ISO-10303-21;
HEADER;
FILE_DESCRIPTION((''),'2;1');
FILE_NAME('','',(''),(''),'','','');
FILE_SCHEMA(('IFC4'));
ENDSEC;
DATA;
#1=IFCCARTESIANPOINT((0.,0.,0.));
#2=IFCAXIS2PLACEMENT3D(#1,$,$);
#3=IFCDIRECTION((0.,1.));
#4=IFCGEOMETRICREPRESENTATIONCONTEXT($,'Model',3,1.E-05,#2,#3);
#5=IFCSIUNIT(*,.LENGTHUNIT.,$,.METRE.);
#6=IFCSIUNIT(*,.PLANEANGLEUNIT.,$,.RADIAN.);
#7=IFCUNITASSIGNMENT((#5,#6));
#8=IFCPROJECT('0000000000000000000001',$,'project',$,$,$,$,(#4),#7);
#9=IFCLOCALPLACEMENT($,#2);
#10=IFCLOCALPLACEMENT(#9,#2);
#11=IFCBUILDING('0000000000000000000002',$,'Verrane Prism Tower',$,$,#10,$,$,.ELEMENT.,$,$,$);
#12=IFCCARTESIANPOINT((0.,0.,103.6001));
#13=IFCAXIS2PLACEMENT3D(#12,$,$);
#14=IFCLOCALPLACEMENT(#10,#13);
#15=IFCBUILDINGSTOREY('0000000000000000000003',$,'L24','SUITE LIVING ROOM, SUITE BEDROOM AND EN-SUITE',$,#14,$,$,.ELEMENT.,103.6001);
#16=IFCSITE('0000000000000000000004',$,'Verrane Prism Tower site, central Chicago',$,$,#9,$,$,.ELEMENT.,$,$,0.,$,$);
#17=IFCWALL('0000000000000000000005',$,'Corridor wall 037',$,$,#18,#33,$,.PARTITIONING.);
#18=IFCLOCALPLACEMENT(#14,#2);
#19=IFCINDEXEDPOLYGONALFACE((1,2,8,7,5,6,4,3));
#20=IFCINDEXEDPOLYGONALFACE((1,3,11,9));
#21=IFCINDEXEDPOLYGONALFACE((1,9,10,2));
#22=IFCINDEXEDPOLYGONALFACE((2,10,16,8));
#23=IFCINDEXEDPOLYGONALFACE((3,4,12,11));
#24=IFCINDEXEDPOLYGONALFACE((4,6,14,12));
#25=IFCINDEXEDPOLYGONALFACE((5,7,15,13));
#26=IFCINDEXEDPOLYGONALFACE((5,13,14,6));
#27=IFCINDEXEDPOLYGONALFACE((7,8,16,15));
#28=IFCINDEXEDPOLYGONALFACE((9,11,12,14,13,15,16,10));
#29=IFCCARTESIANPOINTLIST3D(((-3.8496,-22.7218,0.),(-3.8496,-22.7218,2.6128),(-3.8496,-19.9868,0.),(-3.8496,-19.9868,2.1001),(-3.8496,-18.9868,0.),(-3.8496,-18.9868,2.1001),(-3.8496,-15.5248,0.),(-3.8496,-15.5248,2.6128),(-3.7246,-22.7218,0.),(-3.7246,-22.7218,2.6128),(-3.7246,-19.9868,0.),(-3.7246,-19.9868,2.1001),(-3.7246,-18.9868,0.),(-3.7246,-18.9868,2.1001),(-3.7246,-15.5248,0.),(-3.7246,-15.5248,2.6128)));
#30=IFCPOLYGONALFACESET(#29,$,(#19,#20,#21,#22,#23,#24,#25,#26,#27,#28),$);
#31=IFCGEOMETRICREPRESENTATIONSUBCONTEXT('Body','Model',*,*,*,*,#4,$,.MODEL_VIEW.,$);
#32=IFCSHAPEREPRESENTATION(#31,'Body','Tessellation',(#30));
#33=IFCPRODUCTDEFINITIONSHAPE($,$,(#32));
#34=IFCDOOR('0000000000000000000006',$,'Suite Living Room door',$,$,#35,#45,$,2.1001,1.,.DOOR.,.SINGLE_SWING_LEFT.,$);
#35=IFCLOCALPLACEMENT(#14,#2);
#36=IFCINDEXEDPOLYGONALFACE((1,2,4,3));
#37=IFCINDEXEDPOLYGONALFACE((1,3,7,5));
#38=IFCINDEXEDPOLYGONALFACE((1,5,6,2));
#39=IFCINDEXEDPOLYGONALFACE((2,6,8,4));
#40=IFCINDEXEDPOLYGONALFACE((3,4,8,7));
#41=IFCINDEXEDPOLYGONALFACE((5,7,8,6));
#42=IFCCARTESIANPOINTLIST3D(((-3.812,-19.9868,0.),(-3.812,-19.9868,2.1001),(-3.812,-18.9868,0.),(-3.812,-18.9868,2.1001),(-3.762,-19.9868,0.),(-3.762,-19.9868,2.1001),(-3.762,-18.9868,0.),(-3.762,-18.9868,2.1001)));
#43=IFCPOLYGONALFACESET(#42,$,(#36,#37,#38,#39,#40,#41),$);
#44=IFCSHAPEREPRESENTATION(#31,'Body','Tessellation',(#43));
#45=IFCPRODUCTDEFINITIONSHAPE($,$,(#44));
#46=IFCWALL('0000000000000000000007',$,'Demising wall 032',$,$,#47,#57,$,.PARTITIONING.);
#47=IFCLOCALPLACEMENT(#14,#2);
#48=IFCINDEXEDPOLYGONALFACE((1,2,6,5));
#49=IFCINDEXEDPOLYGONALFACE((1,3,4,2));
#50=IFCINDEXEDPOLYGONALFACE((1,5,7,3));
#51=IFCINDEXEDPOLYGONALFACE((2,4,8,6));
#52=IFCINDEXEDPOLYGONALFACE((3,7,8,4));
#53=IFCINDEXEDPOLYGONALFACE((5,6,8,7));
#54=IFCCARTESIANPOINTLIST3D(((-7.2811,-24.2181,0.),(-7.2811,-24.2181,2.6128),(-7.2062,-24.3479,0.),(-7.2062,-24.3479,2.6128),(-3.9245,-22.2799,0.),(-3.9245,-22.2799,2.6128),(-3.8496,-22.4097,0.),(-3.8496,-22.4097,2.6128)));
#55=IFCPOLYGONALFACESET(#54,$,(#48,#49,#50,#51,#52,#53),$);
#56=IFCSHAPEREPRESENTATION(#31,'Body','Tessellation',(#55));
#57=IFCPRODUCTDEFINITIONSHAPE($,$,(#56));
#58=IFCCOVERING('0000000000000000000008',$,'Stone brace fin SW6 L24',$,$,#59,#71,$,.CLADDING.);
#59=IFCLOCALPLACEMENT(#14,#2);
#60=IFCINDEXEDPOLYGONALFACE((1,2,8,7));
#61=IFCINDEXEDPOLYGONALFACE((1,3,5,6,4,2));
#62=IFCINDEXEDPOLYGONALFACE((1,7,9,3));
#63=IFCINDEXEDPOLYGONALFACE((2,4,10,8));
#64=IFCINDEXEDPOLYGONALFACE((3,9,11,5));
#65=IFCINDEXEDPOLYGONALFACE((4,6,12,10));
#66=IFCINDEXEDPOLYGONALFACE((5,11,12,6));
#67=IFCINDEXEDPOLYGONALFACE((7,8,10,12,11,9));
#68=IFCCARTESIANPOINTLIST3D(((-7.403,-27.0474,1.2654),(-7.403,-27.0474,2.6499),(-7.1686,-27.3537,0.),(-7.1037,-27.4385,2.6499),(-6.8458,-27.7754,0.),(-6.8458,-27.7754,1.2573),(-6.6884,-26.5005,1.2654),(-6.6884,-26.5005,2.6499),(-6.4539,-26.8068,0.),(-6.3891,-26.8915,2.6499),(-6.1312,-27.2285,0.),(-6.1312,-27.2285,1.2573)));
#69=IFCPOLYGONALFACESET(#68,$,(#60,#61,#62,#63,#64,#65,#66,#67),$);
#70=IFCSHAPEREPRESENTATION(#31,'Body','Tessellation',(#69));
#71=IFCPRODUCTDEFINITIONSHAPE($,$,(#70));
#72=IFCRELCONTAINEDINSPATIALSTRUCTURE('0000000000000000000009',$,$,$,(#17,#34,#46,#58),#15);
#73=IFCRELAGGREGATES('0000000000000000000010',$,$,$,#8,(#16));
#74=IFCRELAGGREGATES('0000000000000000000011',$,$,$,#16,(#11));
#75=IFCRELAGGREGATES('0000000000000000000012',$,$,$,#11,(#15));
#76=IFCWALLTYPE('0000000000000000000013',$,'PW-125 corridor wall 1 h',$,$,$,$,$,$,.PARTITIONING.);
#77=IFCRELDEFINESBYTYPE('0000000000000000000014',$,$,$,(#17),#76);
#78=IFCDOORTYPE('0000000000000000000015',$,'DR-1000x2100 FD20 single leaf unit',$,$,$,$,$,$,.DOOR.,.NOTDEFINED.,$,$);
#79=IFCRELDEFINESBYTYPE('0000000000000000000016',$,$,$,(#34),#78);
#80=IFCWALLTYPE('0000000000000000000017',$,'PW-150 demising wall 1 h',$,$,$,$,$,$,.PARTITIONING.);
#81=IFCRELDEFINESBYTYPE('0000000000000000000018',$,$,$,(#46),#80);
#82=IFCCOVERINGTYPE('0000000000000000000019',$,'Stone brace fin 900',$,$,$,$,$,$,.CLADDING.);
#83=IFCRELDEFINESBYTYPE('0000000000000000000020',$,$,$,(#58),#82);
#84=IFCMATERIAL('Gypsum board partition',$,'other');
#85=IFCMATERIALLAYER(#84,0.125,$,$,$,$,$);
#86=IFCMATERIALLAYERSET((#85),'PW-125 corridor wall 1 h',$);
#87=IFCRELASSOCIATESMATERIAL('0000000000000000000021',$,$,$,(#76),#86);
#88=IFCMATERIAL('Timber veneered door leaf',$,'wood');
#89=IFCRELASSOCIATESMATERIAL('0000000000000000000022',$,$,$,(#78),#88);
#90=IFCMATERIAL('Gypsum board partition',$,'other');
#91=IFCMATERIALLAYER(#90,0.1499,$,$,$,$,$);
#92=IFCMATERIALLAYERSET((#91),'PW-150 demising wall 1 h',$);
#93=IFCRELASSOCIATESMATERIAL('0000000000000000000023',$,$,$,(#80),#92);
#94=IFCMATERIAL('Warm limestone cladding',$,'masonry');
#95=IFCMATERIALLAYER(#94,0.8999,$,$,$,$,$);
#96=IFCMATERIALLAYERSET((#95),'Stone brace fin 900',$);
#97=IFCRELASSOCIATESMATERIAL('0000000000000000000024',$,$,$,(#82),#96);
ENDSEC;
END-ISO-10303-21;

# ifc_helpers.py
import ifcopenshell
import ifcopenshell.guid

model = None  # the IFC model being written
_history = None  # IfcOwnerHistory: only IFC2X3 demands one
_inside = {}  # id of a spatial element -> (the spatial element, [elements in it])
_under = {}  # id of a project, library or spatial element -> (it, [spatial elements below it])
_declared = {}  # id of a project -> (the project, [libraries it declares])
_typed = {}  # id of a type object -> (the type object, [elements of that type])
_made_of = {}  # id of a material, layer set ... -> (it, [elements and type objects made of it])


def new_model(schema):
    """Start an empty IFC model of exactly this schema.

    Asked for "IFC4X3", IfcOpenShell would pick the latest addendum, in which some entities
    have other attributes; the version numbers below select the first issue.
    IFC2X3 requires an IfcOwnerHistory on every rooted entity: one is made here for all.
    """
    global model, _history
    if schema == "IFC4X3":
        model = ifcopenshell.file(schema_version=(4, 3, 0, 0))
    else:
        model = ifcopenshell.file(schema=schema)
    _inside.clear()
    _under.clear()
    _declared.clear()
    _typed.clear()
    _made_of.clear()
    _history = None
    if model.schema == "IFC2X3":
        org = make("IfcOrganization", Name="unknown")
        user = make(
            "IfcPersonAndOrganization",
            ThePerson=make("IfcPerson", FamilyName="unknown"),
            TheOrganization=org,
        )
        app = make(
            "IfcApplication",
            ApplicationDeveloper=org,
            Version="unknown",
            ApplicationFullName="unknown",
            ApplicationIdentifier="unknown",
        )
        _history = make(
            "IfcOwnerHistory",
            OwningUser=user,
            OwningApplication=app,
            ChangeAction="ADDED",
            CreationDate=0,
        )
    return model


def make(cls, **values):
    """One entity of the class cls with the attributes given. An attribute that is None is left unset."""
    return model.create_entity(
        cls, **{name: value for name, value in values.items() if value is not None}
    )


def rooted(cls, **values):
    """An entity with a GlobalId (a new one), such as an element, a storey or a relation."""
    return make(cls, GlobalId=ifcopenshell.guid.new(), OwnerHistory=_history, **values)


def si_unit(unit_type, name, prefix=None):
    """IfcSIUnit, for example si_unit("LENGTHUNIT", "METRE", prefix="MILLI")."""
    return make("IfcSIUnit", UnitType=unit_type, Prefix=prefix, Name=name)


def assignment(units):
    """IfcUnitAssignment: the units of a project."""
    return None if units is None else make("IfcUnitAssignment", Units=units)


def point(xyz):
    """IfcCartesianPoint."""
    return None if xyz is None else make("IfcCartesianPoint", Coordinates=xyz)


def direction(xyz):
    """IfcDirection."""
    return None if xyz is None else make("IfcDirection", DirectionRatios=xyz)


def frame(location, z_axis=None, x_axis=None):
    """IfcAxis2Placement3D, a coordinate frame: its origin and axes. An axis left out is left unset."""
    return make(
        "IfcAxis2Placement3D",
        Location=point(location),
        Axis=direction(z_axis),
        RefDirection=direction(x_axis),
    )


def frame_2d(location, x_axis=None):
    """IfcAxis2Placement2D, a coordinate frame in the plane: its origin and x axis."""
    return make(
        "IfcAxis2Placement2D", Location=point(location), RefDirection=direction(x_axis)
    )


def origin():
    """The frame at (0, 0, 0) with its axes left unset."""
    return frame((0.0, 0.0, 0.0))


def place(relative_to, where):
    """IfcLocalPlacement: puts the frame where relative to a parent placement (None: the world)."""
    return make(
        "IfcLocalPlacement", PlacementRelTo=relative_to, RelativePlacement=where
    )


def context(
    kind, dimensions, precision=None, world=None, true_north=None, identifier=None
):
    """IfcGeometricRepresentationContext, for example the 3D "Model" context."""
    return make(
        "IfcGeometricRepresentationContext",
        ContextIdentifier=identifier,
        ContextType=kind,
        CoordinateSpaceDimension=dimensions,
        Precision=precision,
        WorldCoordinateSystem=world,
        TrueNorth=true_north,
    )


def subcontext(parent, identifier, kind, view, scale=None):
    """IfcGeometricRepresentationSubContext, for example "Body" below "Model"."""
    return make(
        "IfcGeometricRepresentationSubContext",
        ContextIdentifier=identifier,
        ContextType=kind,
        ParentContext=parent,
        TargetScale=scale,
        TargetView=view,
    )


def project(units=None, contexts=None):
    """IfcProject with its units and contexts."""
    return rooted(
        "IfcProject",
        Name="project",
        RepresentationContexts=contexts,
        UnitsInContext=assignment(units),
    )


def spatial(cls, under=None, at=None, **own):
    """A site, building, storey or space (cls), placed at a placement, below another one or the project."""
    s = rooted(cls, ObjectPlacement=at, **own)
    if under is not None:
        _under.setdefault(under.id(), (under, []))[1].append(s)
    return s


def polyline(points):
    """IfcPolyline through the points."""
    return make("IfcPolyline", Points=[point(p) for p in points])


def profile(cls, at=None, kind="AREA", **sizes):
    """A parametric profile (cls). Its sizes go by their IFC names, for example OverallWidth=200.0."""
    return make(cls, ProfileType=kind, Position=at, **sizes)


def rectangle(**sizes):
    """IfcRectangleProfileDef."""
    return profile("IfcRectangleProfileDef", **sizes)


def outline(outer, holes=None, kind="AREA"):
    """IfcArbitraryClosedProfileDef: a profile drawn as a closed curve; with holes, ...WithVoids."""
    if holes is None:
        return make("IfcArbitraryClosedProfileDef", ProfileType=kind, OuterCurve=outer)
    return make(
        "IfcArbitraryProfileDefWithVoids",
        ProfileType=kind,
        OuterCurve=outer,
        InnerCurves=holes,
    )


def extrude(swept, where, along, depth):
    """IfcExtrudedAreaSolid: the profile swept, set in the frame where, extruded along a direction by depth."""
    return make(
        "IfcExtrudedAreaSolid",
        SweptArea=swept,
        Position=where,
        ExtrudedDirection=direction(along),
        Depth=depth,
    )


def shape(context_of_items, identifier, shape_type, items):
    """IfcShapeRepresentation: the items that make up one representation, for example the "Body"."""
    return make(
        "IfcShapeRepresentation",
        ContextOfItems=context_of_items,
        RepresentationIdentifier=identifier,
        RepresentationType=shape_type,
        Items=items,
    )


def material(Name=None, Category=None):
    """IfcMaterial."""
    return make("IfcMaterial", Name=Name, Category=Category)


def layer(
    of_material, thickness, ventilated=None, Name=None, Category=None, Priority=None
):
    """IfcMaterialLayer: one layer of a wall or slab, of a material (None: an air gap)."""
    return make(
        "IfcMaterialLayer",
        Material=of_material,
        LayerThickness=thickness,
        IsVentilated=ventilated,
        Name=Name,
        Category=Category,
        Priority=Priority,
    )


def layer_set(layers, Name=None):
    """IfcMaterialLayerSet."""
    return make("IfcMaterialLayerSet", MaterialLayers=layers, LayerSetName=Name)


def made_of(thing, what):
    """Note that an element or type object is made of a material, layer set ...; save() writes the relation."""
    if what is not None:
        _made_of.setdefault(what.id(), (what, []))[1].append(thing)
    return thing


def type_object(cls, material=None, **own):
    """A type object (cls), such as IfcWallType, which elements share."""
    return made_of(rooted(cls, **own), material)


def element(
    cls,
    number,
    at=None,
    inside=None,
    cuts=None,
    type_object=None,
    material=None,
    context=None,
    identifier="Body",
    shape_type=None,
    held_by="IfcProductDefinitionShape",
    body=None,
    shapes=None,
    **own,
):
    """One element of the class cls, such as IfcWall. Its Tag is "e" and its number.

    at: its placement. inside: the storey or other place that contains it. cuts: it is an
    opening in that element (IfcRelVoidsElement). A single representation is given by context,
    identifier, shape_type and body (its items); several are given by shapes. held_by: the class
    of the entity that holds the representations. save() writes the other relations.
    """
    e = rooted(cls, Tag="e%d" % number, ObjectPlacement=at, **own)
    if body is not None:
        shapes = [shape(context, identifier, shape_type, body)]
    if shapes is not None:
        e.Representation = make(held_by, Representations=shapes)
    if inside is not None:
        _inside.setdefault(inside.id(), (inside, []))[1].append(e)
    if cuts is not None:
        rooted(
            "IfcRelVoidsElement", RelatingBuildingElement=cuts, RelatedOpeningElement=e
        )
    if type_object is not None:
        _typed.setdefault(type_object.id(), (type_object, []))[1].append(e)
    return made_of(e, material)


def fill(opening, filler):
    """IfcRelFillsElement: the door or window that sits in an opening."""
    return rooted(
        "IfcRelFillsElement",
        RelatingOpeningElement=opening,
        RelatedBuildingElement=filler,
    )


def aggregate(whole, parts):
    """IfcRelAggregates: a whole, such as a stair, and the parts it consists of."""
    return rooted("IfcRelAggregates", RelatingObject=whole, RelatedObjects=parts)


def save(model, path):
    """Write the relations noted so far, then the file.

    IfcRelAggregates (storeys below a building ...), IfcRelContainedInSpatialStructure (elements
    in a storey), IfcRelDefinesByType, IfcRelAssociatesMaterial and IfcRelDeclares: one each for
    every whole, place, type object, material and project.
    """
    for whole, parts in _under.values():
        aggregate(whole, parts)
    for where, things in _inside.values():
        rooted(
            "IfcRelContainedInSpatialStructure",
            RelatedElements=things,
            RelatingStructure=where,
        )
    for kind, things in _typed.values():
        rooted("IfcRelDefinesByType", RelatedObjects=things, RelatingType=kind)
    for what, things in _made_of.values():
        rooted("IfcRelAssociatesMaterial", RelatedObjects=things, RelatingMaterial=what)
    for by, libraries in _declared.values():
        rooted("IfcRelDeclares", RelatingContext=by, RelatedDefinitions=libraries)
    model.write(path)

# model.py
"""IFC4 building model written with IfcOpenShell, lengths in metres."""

from ifc_helpers import new_model, si_unit, direction, frame, frame_2d, origin, place, context, subcontext, project, spatial, polyline, rectangle, outline, extrude, material, layer, layer_set, type_object, element, fill, save


model = new_model("IFC4")

# Units and contexts
model_context = context("Model", 3, precision=1e-05, world=origin(), true_north=direction((0.0, 1.0)))
body_context = subcontext(model_context, "Body", "Model", "MODEL_VIEW")
ifc_project = project(units=[si_unit("LENGTHUNIT", "METRE"), si_unit("PLANEANGLEUNIT", "RADIAN")], contexts=[model_context])

# Site, building, storey
site_placement = place(None, origin())
site = spatial("IfcSite", under=ifc_project, at=site_placement, Name="Verrane Prism Tower site, central Chicago", CompositionType="ELEMENT", RefElevation=0.0)
building_placement = place(site_placement, origin())
building = spatial("IfcBuilding", under=site, at=building_placement, Name="Verrane Prism Tower", CompositionType="ELEMENT")
storey_placement = place(building_placement, frame((0.0, 0.0, 103.6001)))
storey = spatial("IfcBuildingStorey", under=building, at=storey_placement, Name="L24", Description="SUITE LIVING ROOM, SUITE BEDROOM AND EN-SUITE", CompositionType="ELEMENT", Elevation=103.6001)

# Wall, opening, door
ifc_material_1 = material(Name="Gypsum board partition", Category="other")
ifc_layer_1 = layer(ifc_material_1, 0.125)
ifc_layer_set_1 = layer_set([ifc_layer_1], Name="PW-125 corridor wall 1 h")
wall_type_1 = type_object("IfcWallType", Name="PW-125 corridor wall 1 h", PredefinedType="PARTITIONING", material=ifc_layer_set_1)
wall_1_placement = place(storey_placement, frame((-3.7871, -22.7219, 0.0), z_axis=(0.0, 0.0, 1.0), x_axis=(0.0, 1.0, 0.0)))
wall_1 = element("IfcWall", 1, at=wall_1_placement, inside=storey, type_object=wall_type_1, Name="Corridor wall 037", PredefinedType="PARTITIONING", context=body_context, shape_type="SweptSolid", body=[
    extrude(rectangle(XDim=7.197, YDim=0.125, at=frame_2d((3.5986, 0.0))), origin(), (0.0, 0.0, 1.0), 2.6128),
])
opening_1_placement = place(wall_1_placement, frame((2.7351, 0.0, 0.0)))
opening_1 = element("IfcOpeningElement", 2, at=opening_1_placement, cuts=wall_1, PredefinedType="OPENING", context=body_context, shape_type="SweptSolid", body=[
    extrude(rectangle(XDim=1.0, YDim=2.1001, at=frame_2d((0.5, 1.05))), frame((0.0, 0.0725, 0.0), z_axis=(0.0, -1.0, 0.0), x_axis=(1.0, 0.0, 0.0)), (0.0, 0.0, 1.0), 0.145),
])
ifc_material_2 = material(Name="Timber veneered door leaf", Category="wood")
door_type_1 = type_object("IfcDoorType", Name="DR-1000x2100 FD20 single leaf unit", OperationType="NOTDEFINED", PredefinedType="DOOR", material=ifc_material_2)
door_1_placement = place(opening_1_placement, origin())
door_1 = element("IfcDoor", 3, at=door_1_placement, inside=storey, type_object=door_type_1, Name="Suite Living Room door", OperationType="SINGLE_SWING_LEFT", OverallHeight=2.1001, OverallWidth=1.0, PredefinedType="DOOR", context=body_context, shape_type="SweptSolid", body=[
    extrude(rectangle(XDim=1.0, YDim=2.1001, at=frame_2d((0.5, 1.05))), frame((0.0, 0.0249, 0.0), z_axis=(0.0, -1.0, 0.0), x_axis=(1.0, 0.0, 0.0)), (0.0, 0.0, 1.0), 0.05),
])
fill(opening_1, door_1)

# Wall
ifc_material_3 = material(Name="Gypsum board partition", Category="other")
ifc_layer_2 = layer(ifc_material_3, 0.1499)
ifc_layer_set_2 = layer_set([ifc_layer_2], Name="PW-150 demising wall 1 h")
wall_type_2 = type_object("IfcWallType", Name="PW-150 demising wall 1 h", PredefinedType="PARTITIONING", material=ifc_layer_set_2)
wall_2_placement = place(storey_placement, frame((-7.2437, -24.283, 0.0), z_axis=(0.0, 0.0, 1.0), x_axis=(0.865998, 0.500048, 0.0)))
element("IfcWall", 4, at=wall_2_placement, inside=storey, type_object=wall_type_2, Name="Demising wall 032", PredefinedType="PARTITIONING", context=body_context, shape_type="SweptSolid", body=[
    extrude(rectangle(XDim=3.876, YDim=0.1499, at=frame_2d((1.938, 0.0))), origin(), (0.0, 0.0, 1.0), 2.6128),
])

# Covering
ifc_material_4 = material(Name="Warm limestone cladding", Category="masonry")
ifc_layer_3 = layer(ifc_material_4, 0.8999)
ifc_layer_set_3 = layer_set([ifc_layer_3], Name="Stone brace fin 900")
covering_type = type_object("IfcCoveringType", Name="Stone brace fin 900", PredefinedType="CLADDING", material=ifc_layer_set_3)
covering_placement = place(storey_placement, frame((-6.4885, -27.502, 0.0), z_axis=(0.0, 0.0, 1.0), x_axis=(-0.607766, 0.794116, 0.0)))
element("IfcCovering", 5, at=covering_placement, inside=storey, type_object=covering_type, Name="Stone brace fin SW6 L24", PredefinedType="CLADDING", context=body_context, shape_type="SweptSolid", body=[
    extrude(outline(polyline([(0.9167, 2.6499), (0.4243, 2.6499), (0.0, 1.2573), (0.0, 0.0), (0.531, 0.0), (0.9167, 1.2654), (0.9167, 2.6499)])), frame((0.0, 0.45, 0.0), z_axis=(0.0, -1.0, 0.0), x_axis=(1.0, 0.0, 0.0)), (0.0, 0.0, 1.0), 0.8999),
])

save(model, "model.ifc")
